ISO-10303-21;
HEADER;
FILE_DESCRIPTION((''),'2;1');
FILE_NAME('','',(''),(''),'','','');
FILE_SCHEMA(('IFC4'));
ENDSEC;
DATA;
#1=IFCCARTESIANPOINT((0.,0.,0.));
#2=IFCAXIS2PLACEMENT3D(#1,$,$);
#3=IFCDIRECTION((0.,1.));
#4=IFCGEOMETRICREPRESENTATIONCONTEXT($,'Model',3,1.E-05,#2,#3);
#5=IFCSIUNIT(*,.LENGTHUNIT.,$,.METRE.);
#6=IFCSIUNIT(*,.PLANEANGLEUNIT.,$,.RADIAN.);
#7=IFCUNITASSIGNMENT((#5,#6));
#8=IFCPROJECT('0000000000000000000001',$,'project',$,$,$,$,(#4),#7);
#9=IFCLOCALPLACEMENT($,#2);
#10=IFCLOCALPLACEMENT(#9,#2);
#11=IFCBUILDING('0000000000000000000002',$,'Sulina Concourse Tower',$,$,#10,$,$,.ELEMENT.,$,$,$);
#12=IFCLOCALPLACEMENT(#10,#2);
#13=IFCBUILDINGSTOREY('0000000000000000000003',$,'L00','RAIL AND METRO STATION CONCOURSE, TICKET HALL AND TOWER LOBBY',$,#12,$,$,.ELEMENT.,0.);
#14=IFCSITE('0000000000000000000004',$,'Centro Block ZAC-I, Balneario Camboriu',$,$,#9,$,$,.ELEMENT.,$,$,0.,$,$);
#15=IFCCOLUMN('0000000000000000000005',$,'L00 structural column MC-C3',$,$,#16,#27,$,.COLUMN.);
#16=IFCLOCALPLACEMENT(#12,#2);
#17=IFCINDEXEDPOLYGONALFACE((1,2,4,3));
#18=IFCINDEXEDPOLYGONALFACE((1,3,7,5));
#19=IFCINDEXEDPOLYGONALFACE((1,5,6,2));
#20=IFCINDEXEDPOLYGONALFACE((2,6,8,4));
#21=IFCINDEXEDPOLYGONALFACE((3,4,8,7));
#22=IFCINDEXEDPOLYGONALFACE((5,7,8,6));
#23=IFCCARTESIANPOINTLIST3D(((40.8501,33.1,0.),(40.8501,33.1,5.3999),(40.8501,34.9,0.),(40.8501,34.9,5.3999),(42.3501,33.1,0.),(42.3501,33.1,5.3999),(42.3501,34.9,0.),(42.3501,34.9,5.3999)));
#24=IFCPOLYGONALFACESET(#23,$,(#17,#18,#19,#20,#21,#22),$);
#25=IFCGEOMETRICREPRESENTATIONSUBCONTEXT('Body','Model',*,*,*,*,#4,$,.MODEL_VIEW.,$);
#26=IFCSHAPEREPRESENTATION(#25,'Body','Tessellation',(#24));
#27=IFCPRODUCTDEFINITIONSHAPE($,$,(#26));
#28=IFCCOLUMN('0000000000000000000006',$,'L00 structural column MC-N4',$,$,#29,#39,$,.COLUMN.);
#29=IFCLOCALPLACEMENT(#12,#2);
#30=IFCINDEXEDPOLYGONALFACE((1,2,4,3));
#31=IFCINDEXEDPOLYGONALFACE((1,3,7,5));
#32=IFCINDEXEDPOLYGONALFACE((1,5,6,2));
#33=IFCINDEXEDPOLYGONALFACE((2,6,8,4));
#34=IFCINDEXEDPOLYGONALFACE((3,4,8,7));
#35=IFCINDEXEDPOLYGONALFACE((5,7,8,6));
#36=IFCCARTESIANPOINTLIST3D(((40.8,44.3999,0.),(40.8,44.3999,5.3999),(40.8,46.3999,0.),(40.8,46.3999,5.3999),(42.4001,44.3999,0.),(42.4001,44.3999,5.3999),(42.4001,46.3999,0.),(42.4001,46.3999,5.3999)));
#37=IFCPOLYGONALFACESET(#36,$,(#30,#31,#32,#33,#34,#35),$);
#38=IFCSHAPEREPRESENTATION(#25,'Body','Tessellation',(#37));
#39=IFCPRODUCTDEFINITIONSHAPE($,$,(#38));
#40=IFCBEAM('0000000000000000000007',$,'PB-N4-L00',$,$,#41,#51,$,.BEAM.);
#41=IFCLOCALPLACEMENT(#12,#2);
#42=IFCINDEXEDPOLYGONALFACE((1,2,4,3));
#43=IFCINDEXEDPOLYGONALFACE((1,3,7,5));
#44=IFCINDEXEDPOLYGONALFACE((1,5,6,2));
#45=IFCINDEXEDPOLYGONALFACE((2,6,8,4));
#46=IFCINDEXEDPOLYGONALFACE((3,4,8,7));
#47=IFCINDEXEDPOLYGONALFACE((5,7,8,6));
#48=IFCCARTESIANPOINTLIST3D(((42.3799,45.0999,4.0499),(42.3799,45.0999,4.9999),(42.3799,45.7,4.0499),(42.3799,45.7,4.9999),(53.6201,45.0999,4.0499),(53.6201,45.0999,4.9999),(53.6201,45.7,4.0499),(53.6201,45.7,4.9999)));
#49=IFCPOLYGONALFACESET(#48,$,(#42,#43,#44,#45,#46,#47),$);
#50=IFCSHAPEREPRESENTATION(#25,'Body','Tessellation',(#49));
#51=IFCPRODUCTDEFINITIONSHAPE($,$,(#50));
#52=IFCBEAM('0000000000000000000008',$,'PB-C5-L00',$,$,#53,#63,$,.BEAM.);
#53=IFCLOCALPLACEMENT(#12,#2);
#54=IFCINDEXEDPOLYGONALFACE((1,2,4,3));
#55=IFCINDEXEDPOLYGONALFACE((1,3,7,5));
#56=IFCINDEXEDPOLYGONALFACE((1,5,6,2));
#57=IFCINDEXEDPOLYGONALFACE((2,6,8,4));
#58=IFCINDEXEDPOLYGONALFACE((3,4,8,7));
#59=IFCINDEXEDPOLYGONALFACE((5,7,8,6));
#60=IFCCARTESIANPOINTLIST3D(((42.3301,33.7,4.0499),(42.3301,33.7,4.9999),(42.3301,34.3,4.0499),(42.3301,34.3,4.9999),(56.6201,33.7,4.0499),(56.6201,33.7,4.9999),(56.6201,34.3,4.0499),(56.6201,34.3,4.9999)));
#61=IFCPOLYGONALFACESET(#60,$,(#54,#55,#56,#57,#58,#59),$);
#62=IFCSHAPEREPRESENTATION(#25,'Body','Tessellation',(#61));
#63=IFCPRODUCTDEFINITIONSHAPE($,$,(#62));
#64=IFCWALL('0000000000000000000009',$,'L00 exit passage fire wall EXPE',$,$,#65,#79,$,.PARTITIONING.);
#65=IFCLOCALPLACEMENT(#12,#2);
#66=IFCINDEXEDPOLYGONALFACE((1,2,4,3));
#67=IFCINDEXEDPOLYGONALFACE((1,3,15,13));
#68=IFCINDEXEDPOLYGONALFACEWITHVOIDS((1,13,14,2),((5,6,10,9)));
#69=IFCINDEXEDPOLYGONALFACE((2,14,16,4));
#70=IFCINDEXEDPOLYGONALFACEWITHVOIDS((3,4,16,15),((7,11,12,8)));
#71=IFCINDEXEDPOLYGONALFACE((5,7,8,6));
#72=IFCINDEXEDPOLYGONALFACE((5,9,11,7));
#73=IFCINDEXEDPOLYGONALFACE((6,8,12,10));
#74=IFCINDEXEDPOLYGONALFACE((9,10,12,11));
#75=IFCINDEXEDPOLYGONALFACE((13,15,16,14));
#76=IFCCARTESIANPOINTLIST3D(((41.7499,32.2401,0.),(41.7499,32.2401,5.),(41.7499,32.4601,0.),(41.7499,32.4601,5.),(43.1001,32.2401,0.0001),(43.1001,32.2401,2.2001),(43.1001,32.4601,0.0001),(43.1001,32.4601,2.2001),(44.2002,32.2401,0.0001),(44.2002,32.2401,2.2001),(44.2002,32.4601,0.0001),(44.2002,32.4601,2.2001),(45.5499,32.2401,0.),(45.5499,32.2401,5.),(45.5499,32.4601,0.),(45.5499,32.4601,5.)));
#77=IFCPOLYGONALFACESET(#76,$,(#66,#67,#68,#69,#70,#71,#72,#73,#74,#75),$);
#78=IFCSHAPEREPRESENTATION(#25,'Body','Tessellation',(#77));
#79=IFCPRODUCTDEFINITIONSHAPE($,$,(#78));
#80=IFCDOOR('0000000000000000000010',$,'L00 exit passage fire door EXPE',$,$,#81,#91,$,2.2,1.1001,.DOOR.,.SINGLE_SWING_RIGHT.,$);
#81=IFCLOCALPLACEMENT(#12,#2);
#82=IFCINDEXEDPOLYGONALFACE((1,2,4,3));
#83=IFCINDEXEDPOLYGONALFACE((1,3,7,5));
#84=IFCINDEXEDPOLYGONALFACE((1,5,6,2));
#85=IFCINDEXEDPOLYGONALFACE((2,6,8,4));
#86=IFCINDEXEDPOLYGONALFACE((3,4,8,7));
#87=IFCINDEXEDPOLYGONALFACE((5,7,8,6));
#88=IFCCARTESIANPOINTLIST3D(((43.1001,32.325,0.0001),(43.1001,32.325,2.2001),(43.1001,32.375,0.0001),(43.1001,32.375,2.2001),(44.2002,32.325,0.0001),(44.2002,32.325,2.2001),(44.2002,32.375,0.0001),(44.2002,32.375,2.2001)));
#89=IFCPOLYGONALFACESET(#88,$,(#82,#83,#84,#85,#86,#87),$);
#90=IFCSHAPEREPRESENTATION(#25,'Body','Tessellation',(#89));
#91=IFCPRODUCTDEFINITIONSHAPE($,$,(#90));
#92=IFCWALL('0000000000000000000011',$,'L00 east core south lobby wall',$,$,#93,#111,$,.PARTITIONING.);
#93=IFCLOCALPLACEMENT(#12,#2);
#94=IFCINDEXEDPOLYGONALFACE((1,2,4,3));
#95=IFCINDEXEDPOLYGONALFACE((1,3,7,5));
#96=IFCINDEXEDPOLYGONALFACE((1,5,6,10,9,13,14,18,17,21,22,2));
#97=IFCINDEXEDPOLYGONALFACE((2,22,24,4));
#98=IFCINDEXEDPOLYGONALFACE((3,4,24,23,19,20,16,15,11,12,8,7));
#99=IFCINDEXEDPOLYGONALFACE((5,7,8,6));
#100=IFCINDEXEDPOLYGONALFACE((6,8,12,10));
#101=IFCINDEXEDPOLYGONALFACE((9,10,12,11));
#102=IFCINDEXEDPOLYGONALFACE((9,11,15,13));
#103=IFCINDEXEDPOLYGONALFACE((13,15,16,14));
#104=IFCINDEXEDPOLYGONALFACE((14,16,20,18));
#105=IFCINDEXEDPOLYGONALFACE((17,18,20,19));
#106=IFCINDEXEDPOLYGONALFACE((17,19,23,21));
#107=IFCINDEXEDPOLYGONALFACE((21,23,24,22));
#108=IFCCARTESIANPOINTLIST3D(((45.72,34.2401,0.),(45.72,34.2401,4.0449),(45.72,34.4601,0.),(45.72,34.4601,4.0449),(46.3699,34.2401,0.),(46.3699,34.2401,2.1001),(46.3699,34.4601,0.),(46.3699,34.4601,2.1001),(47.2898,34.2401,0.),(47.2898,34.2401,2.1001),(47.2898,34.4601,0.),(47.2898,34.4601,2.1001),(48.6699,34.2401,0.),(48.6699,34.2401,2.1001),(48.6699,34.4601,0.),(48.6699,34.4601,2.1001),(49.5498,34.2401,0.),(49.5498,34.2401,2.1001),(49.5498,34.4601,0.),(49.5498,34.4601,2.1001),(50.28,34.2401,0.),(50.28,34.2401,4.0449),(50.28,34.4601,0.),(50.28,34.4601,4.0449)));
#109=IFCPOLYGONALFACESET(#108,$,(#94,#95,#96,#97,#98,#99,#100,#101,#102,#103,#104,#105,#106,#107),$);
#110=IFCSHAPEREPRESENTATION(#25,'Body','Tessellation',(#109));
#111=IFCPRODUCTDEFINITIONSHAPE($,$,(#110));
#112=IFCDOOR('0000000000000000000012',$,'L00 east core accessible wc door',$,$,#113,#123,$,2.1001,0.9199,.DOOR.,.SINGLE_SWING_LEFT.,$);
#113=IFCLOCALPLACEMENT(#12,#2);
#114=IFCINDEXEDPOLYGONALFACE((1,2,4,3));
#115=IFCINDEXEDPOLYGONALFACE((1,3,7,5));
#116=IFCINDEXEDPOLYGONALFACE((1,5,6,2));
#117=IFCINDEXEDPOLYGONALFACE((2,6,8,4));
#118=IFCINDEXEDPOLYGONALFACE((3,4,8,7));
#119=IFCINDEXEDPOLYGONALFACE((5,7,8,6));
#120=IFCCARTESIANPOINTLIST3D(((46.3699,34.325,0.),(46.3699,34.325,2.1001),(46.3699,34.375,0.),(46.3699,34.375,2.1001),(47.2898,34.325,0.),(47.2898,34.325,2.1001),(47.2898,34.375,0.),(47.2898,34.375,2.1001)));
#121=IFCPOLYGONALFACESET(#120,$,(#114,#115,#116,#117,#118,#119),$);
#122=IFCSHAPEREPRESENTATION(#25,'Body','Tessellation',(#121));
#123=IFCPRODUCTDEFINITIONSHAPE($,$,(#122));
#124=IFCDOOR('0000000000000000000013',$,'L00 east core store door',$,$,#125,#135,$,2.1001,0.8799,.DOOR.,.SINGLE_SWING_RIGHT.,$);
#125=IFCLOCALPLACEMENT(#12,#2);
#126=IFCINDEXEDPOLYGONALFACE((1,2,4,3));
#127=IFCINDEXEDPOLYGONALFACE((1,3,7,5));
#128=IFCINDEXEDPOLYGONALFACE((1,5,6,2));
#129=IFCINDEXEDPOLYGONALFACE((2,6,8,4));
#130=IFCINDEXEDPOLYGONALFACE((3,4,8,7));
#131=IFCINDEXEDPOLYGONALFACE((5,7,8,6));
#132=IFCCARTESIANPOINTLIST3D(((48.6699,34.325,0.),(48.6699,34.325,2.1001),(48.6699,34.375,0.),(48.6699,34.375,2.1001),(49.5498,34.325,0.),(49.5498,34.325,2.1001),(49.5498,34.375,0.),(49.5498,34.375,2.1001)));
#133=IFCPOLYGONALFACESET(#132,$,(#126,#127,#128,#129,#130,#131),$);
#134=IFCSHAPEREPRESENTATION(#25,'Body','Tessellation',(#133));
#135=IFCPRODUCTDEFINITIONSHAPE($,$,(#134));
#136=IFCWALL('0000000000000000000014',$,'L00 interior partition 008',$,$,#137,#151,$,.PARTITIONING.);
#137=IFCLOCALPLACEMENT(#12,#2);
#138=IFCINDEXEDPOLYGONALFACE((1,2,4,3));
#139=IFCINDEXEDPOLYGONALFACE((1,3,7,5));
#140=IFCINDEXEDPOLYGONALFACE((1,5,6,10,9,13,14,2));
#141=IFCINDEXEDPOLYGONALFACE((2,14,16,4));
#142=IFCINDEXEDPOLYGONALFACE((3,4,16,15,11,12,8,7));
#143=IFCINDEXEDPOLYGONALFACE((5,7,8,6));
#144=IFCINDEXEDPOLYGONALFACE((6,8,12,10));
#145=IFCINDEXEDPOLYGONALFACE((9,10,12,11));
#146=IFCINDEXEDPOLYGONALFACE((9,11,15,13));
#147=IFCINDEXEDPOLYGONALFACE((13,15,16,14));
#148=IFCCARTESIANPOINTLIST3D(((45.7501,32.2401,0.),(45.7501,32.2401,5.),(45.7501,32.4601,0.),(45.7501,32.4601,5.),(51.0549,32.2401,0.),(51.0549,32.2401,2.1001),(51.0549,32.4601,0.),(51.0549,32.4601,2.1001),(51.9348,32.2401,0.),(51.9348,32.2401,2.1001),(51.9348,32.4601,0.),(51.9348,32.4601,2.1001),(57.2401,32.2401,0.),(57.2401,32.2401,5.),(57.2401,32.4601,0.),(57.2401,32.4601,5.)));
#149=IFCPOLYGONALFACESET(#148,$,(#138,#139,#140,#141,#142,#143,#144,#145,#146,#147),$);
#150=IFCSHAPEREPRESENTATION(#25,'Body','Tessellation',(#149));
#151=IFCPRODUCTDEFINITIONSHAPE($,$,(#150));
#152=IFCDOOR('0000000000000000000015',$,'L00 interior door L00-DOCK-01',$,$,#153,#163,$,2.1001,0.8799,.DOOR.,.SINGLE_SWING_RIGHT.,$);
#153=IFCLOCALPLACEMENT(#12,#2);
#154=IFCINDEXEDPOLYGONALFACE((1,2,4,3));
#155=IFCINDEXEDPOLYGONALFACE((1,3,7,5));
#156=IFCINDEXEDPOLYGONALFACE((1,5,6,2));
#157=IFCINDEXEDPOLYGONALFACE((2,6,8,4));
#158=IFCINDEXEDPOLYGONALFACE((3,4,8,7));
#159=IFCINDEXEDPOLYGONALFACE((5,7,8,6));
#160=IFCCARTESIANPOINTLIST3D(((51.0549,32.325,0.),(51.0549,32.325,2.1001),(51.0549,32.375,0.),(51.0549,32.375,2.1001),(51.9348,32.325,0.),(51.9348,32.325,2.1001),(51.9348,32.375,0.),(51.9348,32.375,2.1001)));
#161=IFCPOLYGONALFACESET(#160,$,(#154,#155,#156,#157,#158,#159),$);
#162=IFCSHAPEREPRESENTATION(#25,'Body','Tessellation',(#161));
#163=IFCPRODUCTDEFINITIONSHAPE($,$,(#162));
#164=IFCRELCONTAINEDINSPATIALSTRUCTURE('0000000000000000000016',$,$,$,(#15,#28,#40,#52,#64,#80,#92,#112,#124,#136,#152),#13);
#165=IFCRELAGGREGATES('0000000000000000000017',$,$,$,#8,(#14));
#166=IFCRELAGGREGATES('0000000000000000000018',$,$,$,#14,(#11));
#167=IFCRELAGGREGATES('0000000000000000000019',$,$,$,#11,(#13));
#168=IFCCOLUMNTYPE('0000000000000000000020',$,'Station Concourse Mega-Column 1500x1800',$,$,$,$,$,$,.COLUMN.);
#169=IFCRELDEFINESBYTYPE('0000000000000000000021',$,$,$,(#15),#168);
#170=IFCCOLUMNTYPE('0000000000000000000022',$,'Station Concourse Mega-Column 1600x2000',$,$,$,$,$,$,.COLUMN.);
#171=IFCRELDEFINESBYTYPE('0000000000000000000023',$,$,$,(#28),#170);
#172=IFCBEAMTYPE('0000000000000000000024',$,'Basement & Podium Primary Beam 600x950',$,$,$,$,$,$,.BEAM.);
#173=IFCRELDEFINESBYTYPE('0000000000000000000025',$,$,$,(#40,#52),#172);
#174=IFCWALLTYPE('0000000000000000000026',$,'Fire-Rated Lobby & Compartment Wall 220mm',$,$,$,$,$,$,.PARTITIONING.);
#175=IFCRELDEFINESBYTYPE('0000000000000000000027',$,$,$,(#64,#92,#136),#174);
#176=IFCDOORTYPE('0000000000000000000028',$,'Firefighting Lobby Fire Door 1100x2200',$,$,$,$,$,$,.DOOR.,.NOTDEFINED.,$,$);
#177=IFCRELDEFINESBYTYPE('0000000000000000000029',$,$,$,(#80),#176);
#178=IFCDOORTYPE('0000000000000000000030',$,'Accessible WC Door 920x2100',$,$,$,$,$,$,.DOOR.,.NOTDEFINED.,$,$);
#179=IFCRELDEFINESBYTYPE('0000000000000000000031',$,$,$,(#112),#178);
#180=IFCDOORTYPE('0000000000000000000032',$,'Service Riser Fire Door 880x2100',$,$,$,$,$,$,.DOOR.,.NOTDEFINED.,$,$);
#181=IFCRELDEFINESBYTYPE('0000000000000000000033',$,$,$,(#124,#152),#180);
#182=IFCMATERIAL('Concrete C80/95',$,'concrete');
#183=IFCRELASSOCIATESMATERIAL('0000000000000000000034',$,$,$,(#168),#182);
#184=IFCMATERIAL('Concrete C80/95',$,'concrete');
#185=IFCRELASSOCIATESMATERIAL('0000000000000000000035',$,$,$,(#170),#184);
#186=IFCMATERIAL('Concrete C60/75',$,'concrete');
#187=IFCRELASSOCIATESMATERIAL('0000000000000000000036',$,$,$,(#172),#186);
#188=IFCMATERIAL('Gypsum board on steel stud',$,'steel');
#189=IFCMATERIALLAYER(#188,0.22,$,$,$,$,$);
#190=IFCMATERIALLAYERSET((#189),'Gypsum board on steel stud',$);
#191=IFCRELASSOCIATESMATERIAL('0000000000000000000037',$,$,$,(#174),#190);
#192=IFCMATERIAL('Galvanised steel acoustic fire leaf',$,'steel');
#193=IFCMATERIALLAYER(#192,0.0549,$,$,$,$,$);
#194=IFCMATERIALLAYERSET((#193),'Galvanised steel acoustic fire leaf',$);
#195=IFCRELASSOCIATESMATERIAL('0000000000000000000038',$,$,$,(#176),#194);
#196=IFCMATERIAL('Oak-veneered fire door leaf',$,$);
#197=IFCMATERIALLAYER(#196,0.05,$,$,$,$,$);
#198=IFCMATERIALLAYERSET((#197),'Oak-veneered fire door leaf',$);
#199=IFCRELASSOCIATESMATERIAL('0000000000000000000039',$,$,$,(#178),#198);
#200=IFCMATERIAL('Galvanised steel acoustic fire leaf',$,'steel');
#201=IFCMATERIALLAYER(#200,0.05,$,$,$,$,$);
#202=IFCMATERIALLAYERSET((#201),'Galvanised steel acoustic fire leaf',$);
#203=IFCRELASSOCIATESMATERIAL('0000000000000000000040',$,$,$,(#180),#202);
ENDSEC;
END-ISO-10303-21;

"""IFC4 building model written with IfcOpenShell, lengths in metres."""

from ifc_helpers import new_model, si_unit, direction, frame, frame_2d, origin, origin_2d, place, context, subcontext, project, spatial, rectangle, extrude, material, layer, layer_set, material_profile, profile_set, type_object, element, fill, save


model = new_model("IFC4")

# Units and contexts
model_context = context("Model", 3, precision=1e-05, world=origin(), true_north=direction((0.0, 1.0)))
body_context = subcontext(model_context, "Body", "Model", "MODEL_VIEW")
ifc_project = project(units=[si_unit("LENGTHUNIT", "METRE"), si_unit("PLANEANGLEUNIT", "RADIAN")], contexts=[model_context])

# Site, building, storey
site_placement = place(None, origin())
site = spatial("IfcSite", under=ifc_project, at=site_placement, Name="Centro Block ZAC-I, Balneario Camboriu", CompositionType="ELEMENT", RefElevation=0.0)
building_placement = place(site_placement, origin())
building = spatial("IfcBuilding", under=site, at=building_placement, Name="Sulina Concourse Tower", CompositionType="ELEMENT")
storey_placement = place(building_placement, origin())
storey = spatial("IfcBuildingStorey", under=building, at=storey_placement, Name="L00", Description="RAIL AND METRO STATION CONCOURSE, TICKET HALL AND TOWER LOBBY", CompositionType="ELEMENT", Elevation=0.0)

# Columns
ifc_material_1 = material(Name="Concrete C80/95", Category="concrete")
ifc_material_profile_1 = material_profile(ifc_material_1, rectangle(XDim=1.5, YDim=1.8, at=origin_2d()), Name="RC 1500x1800")
ifc_profile_set_1 = profile_set([ifc_material_profile_1], Name="Concrete C80/95")
column_type_1 = type_object("IfcColumnType", Name="Station Concourse Mega-Column 1500x1800", PredefinedType="COLUMN", material=ifc_profile_set_1)
column_1_placement = place(storey_placement, frame((41.6001, 34.0, 0.0), z_axis=(0.0, 0.0, 1.0), x_axis=(1.0, 0.0, 0.0)))
element("IfcColumn", 1, at=column_1_placement, inside=storey, type_object=column_type_1, Name="L00 structural column MC-C3", PredefinedType="COLUMN", context=body_context, shape_type="SweptSolid", body=[
    extrude(rectangle(XDim=1.5, YDim=1.8, at=origin_2d()), origin(), (0.0, 0.0, 1.0), 5.3999),
])
ifc_material_2 = material(Name="Concrete C80/95", Category="concrete")
ifc_material_profile_2 = material_profile(ifc_material_2, rectangle(XDim=1.6001, YDim=2.0, at=origin_2d()), Name="RC 1600x2000")
ifc_profile_set_2 = profile_set([ifc_material_profile_2], Name="Concrete C80/95")
column_type_2 = type_object("IfcColumnType", Name="Station Concourse Mega-Column 1600x2000", PredefinedType="COLUMN", material=ifc_profile_set_2)
column_2_placement = place(storey_placement, frame((41.6001, 45.3999, 0.0), z_axis=(0.0, 0.0, 1.0), x_axis=(1.0, 0.0, 0.0)))
element("IfcColumn", 2, at=column_2_placement, inside=storey, type_object=column_type_2, Name="L00 structural column MC-N4", PredefinedType="COLUMN", context=body_context, shape_type="SweptSolid", body=[
    extrude(rectangle(XDim=1.6001, YDim=2.0, at=origin_2d()), origin(), (0.0, 0.0, 1.0), 5.3999),
])

# Beams
ifc_material_3 = material(Name="Concrete C60/75", Category="concrete")
ifc_material_profile_3 = material_profile(ifc_material_3, rectangle(XDim=0.6001, YDim=0.95, at=origin_2d()), Name="RC 600x950")
ifc_profile_set_3 = profile_set([ifc_material_profile_3], Name="Concrete C60/75")
beam_type = type_object("IfcBeamType", Name="Basement & Podium Primary Beam 600x950", PredefinedType="BEAM", material=ifc_profile_set_3)
beam_1_placement = place(storey_placement, frame((42.3799, 45.3999, 4.5249), z_axis=(1.0, 0.0, 0.0), x_axis=(0.0, 1.0, 0.0)))
element("IfcBeam", 3, at=beam_1_placement, inside=storey, type_object=beam_type, Name="PB-N4-L00", PredefinedType="BEAM", context=body_context, shape_type="SweptSolid", body=[
    extrude(rectangle(XDim=0.6001, YDim=0.95, at=origin_2d()), origin(), (0.0, 0.0, 1.0), 11.2402),
])
beam_2_placement = place(storey_placement, frame((42.3301, 34.0, 4.5249), z_axis=(1.0, 0.0, 0.0), x_axis=(0.0, 1.0, 0.0)))
element("IfcBeam", 4, at=beam_2_placement, inside=storey, type_object=beam_type, Name="PB-C5-L00", PredefinedType="BEAM", context=body_context, shape_type="SweptSolid", body=[
    extrude(rectangle(XDim=0.6001, YDim=0.95, at=origin_2d()), origin(), (0.0, 0.0, 1.0), 14.29),
])

# Wall, opening, door
ifc_material_4 = material(Name="Gypsum board on steel stud", Category="steel")
ifc_layer_1 = layer(ifc_material_4, 0.22)
ifc_layer_set_1 = layer_set([ifc_layer_1], Name="Gypsum board on steel stud")
wall_type_1 = type_object("IfcWallType", Name="Fire-Rated Lobby & Compartment Wall 220mm", PredefinedType="PARTITIONING", material=ifc_layer_set_1)
wall_1_placement = place(storey_placement, frame((41.75, 32.3501, 0.0), z_axis=(0.0, 0.0, 1.0), x_axis=(1.0, 0.0, 0.0)))
wall_1 = element("IfcWall", 5, at=wall_1_placement, inside=storey, type_object=wall_type_1, Name="L00 exit passage fire wall EXPE", PredefinedType="PARTITIONING", context=body_context, shape_type="SweptSolid", body=[
    extrude(rectangle(XDim=3.8, YDim=0.22, at=frame_2d((1.8999, 0.0))), origin(), (0.0, 0.0, 1.0), 5.0),
])
opening_1_placement = place(wall_1_placement, frame((1.3501, 0.0, 0.0)))
opening_1 = element("IfcOpeningElement", 6, at=opening_1_placement, cuts=wall_1, PredefinedType="OPENING", context=body_context, shape_type="SweptSolid", body=[
    extrude(rectangle(XDim=1.1001, YDim=2.2, at=frame_2d((0.55, 1.1001))), frame((0.0, 0.1199, 0.0), z_axis=(0.0, -1.0, 0.0), x_axis=(1.0, 0.0, 0.0)), (0.0, 0.0, 1.0), 0.24),
])
ifc_material_5 = material(Name="Galvanised steel acoustic fire leaf", Category="steel")
ifc_layer_2 = layer(ifc_material_5, 0.0549)
ifc_layer_set_2 = layer_set([ifc_layer_2], Name="Galvanised steel acoustic fire leaf")
door_type_1 = type_object("IfcDoorType", Name="Firefighting Lobby Fire Door 1100x2200", OperationType="NOTDEFINED", PredefinedType="DOOR", material=ifc_layer_set_2)
door_1_placement = place(opening_1_placement, origin())
door_1 = element("IfcDoor", 7, at=door_1_placement, inside=storey, type_object=door_type_1, Name="L00 exit passage fire door EXPE", OperationType="SINGLE_SWING_RIGHT", OverallHeight=2.2, OverallWidth=1.1001, PredefinedType="DOOR", context=body_context, shape_type="SweptSolid", body=[
    extrude(rectangle(XDim=1.1001, YDim=2.2, at=frame_2d((0.55, 1.1001))), frame((0.0, 0.0249, 0.0), z_axis=(0.0, -1.0, 0.0), x_axis=(1.0, 0.0, 0.0)), (0.0, 0.0, 1.0), 0.05),
])
fill(opening_1, door_1)

# Wall, openings, doors
wall_2_placement = place(storey_placement, frame((45.72, 34.3501, 0.0), z_axis=(0.0, 0.0, 1.0), x_axis=(1.0, 0.0, 0.0)))
wall_2 = element("IfcWall", 8, at=wall_2_placement, inside=storey, type_object=wall_type_1, Name="L00 east core south lobby wall", PredefinedType="PARTITIONING", context=body_context, shape_type="SweptSolid", body=[
    extrude(rectangle(XDim=4.5601, YDim=0.22, at=frame_2d((2.28, 0.0))), origin(), (0.0, 0.0, 1.0), 4.0449),
])
opening_2_placement = place(wall_2_placement, frame((0.6499, 0.0, 0.0)))
opening_2 = element("IfcOpeningElement", 9, at=opening_2_placement, cuts=wall_2, PredefinedType="OPENING", context=body_context, shape_type="SweptSolid", body=[
    extrude(rectangle(XDim=0.9199, YDim=2.1001, at=frame_2d((0.46, 1.05))), frame((0.0, 0.1199, 0.0), z_axis=(0.0, -1.0, 0.0), x_axis=(1.0, 0.0, 0.0)), (0.0, 0.0, 1.0), 0.24),
])
opening_3_placement = place(wall_2_placement, frame((2.95, 0.0, 0.0)))
opening_3 = element("IfcOpeningElement", 10, at=opening_3_placement, cuts=wall_2, PredefinedType="OPENING", context=body_context, shape_type="SweptSolid", body=[
    extrude(rectangle(XDim=0.8799, YDim=2.1001, at=frame_2d((0.4399, 1.05))), frame((0.0, 0.1199, 0.0), z_axis=(0.0, -1.0, 0.0), x_axis=(1.0, 0.0, 0.0)), (0.0, 0.0, 1.0), 0.24),
])
ifc_material_6 = material(Name="Oak-veneered fire door leaf")
ifc_layer_3 = layer(ifc_material_6, 0.05)
ifc_layer_set_3 = layer_set([ifc_layer_3], Name="Oak-veneered fire door leaf")
door_type_2 = type_object("IfcDoorType", Name="Accessible WC Door 920x2100", OperationType="NOTDEFINED", PredefinedType="DOOR", material=ifc_layer_set_3)
door_2_placement = place(opening_2_placement, origin())
door_2 = element("IfcDoor", 11, at=door_2_placement, inside=storey, type_object=door_type_2, Name="L00 east core accessible wc door", OperationType="SINGLE_SWING_LEFT", OverallHeight=2.1001, OverallWidth=0.9199, PredefinedType="DOOR", context=body_context, shape_type="SweptSolid", body=[
    extrude(rectangle(XDim=0.9199, YDim=2.1001, at=frame_2d((0.46, 1.05))), frame((0.0, 0.0249, 0.0), z_axis=(0.0, -1.0, 0.0), x_axis=(1.0, 0.0, 0.0)), (0.0, 0.0, 1.0), 0.05),
])
fill(opening_2, door_2)
ifc_material_7 = material(Name="Galvanised steel acoustic fire leaf", Category="steel")
ifc_layer_4 = layer(ifc_material_7, 0.05)
ifc_layer_set_4 = layer_set([ifc_layer_4], Name="Galvanised steel acoustic fire leaf")
door_type_3 = type_object("IfcDoorType", Name="Service Riser Fire Door 880x2100", OperationType="NOTDEFINED", PredefinedType="DOOR", material=ifc_layer_set_4)
door_3_placement = place(opening_3_placement, origin())
door_3 = element("IfcDoor", 12, at=door_3_placement, inside=storey, type_object=door_type_3, Name="L00 east core store door", OperationType="SINGLE_SWING_RIGHT", OverallHeight=2.1001, OverallWidth=0.8799, PredefinedType="DOOR", context=body_context, shape_type="SweptSolid", body=[
    extrude(rectangle(XDim=0.8799, YDim=2.1001, at=frame_2d((0.4399, 1.05))), frame((0.0, 0.0249, 0.0), z_axis=(0.0, -1.0, 0.0), x_axis=(1.0, 0.0, 0.0)), (0.0, 0.0, 1.0), 0.05),
])
fill(opening_3, door_3)

# Wall, opening, door
wall_3_placement = place(storey_placement, frame((45.75, 32.3501, 0.0), z_axis=(0.0, 0.0, 1.0), x_axis=(1.0, 0.0, 0.0)))
wall_3 = element("IfcWall", 13, at=wall_3_placement, inside=storey, type_object=wall_type_1, Name="L00 interior partition 008", PredefinedType="PARTITIONING", context=body_context, shape_type="SweptSolid", body=[
    extrude(rectangle(XDim=11.49, YDim=0.22, at=frame_2d((5.7451, 0.0))), origin(), (0.0, 0.0, 1.0), 5.0),
])
opening_4_placement = place(wall_3_placement, frame((5.3049, 0.0, 0.0)))
opening_4 = element("IfcOpeningElement", 14, at=opening_4_placement, cuts=wall_3, PredefinedType="OPENING", context=body_context, shape_type="SweptSolid", body=[
    extrude(rectangle(XDim=0.8799, YDim=2.1001, at=frame_2d((0.4399, 1.05))), frame((0.0, 0.1199, 0.0), z_axis=(0.0, -1.0, 0.0), x_axis=(1.0, 0.0, 0.0)), (0.0, 0.0, 1.0), 0.24),
])
door_4_placement = place(opening_4_placement, origin())
door_4 = element("IfcDoor", 15, at=door_4_placement, inside=storey, type_object=door_type_3, Name="L00 interior door L00-DOCK-01", OperationType="SINGLE_SWING_RIGHT", OverallHeight=2.1001, OverallWidth=0.8799, PredefinedType="DOOR", context=body_context, shape_type="SweptSolid", body=[
    extrude(rectangle(XDim=0.8799, YDim=2.1001, at=frame_2d((0.4399, 1.05))), frame((0.0, 0.0249, 0.0), z_axis=(0.0, -1.0, 0.0), x_axis=(1.0, 0.0, 0.0)), (0.0, 0.0, 1.0), 0.05),
])
fill(opening_4, door_4)

save(model, "model.ifc")
